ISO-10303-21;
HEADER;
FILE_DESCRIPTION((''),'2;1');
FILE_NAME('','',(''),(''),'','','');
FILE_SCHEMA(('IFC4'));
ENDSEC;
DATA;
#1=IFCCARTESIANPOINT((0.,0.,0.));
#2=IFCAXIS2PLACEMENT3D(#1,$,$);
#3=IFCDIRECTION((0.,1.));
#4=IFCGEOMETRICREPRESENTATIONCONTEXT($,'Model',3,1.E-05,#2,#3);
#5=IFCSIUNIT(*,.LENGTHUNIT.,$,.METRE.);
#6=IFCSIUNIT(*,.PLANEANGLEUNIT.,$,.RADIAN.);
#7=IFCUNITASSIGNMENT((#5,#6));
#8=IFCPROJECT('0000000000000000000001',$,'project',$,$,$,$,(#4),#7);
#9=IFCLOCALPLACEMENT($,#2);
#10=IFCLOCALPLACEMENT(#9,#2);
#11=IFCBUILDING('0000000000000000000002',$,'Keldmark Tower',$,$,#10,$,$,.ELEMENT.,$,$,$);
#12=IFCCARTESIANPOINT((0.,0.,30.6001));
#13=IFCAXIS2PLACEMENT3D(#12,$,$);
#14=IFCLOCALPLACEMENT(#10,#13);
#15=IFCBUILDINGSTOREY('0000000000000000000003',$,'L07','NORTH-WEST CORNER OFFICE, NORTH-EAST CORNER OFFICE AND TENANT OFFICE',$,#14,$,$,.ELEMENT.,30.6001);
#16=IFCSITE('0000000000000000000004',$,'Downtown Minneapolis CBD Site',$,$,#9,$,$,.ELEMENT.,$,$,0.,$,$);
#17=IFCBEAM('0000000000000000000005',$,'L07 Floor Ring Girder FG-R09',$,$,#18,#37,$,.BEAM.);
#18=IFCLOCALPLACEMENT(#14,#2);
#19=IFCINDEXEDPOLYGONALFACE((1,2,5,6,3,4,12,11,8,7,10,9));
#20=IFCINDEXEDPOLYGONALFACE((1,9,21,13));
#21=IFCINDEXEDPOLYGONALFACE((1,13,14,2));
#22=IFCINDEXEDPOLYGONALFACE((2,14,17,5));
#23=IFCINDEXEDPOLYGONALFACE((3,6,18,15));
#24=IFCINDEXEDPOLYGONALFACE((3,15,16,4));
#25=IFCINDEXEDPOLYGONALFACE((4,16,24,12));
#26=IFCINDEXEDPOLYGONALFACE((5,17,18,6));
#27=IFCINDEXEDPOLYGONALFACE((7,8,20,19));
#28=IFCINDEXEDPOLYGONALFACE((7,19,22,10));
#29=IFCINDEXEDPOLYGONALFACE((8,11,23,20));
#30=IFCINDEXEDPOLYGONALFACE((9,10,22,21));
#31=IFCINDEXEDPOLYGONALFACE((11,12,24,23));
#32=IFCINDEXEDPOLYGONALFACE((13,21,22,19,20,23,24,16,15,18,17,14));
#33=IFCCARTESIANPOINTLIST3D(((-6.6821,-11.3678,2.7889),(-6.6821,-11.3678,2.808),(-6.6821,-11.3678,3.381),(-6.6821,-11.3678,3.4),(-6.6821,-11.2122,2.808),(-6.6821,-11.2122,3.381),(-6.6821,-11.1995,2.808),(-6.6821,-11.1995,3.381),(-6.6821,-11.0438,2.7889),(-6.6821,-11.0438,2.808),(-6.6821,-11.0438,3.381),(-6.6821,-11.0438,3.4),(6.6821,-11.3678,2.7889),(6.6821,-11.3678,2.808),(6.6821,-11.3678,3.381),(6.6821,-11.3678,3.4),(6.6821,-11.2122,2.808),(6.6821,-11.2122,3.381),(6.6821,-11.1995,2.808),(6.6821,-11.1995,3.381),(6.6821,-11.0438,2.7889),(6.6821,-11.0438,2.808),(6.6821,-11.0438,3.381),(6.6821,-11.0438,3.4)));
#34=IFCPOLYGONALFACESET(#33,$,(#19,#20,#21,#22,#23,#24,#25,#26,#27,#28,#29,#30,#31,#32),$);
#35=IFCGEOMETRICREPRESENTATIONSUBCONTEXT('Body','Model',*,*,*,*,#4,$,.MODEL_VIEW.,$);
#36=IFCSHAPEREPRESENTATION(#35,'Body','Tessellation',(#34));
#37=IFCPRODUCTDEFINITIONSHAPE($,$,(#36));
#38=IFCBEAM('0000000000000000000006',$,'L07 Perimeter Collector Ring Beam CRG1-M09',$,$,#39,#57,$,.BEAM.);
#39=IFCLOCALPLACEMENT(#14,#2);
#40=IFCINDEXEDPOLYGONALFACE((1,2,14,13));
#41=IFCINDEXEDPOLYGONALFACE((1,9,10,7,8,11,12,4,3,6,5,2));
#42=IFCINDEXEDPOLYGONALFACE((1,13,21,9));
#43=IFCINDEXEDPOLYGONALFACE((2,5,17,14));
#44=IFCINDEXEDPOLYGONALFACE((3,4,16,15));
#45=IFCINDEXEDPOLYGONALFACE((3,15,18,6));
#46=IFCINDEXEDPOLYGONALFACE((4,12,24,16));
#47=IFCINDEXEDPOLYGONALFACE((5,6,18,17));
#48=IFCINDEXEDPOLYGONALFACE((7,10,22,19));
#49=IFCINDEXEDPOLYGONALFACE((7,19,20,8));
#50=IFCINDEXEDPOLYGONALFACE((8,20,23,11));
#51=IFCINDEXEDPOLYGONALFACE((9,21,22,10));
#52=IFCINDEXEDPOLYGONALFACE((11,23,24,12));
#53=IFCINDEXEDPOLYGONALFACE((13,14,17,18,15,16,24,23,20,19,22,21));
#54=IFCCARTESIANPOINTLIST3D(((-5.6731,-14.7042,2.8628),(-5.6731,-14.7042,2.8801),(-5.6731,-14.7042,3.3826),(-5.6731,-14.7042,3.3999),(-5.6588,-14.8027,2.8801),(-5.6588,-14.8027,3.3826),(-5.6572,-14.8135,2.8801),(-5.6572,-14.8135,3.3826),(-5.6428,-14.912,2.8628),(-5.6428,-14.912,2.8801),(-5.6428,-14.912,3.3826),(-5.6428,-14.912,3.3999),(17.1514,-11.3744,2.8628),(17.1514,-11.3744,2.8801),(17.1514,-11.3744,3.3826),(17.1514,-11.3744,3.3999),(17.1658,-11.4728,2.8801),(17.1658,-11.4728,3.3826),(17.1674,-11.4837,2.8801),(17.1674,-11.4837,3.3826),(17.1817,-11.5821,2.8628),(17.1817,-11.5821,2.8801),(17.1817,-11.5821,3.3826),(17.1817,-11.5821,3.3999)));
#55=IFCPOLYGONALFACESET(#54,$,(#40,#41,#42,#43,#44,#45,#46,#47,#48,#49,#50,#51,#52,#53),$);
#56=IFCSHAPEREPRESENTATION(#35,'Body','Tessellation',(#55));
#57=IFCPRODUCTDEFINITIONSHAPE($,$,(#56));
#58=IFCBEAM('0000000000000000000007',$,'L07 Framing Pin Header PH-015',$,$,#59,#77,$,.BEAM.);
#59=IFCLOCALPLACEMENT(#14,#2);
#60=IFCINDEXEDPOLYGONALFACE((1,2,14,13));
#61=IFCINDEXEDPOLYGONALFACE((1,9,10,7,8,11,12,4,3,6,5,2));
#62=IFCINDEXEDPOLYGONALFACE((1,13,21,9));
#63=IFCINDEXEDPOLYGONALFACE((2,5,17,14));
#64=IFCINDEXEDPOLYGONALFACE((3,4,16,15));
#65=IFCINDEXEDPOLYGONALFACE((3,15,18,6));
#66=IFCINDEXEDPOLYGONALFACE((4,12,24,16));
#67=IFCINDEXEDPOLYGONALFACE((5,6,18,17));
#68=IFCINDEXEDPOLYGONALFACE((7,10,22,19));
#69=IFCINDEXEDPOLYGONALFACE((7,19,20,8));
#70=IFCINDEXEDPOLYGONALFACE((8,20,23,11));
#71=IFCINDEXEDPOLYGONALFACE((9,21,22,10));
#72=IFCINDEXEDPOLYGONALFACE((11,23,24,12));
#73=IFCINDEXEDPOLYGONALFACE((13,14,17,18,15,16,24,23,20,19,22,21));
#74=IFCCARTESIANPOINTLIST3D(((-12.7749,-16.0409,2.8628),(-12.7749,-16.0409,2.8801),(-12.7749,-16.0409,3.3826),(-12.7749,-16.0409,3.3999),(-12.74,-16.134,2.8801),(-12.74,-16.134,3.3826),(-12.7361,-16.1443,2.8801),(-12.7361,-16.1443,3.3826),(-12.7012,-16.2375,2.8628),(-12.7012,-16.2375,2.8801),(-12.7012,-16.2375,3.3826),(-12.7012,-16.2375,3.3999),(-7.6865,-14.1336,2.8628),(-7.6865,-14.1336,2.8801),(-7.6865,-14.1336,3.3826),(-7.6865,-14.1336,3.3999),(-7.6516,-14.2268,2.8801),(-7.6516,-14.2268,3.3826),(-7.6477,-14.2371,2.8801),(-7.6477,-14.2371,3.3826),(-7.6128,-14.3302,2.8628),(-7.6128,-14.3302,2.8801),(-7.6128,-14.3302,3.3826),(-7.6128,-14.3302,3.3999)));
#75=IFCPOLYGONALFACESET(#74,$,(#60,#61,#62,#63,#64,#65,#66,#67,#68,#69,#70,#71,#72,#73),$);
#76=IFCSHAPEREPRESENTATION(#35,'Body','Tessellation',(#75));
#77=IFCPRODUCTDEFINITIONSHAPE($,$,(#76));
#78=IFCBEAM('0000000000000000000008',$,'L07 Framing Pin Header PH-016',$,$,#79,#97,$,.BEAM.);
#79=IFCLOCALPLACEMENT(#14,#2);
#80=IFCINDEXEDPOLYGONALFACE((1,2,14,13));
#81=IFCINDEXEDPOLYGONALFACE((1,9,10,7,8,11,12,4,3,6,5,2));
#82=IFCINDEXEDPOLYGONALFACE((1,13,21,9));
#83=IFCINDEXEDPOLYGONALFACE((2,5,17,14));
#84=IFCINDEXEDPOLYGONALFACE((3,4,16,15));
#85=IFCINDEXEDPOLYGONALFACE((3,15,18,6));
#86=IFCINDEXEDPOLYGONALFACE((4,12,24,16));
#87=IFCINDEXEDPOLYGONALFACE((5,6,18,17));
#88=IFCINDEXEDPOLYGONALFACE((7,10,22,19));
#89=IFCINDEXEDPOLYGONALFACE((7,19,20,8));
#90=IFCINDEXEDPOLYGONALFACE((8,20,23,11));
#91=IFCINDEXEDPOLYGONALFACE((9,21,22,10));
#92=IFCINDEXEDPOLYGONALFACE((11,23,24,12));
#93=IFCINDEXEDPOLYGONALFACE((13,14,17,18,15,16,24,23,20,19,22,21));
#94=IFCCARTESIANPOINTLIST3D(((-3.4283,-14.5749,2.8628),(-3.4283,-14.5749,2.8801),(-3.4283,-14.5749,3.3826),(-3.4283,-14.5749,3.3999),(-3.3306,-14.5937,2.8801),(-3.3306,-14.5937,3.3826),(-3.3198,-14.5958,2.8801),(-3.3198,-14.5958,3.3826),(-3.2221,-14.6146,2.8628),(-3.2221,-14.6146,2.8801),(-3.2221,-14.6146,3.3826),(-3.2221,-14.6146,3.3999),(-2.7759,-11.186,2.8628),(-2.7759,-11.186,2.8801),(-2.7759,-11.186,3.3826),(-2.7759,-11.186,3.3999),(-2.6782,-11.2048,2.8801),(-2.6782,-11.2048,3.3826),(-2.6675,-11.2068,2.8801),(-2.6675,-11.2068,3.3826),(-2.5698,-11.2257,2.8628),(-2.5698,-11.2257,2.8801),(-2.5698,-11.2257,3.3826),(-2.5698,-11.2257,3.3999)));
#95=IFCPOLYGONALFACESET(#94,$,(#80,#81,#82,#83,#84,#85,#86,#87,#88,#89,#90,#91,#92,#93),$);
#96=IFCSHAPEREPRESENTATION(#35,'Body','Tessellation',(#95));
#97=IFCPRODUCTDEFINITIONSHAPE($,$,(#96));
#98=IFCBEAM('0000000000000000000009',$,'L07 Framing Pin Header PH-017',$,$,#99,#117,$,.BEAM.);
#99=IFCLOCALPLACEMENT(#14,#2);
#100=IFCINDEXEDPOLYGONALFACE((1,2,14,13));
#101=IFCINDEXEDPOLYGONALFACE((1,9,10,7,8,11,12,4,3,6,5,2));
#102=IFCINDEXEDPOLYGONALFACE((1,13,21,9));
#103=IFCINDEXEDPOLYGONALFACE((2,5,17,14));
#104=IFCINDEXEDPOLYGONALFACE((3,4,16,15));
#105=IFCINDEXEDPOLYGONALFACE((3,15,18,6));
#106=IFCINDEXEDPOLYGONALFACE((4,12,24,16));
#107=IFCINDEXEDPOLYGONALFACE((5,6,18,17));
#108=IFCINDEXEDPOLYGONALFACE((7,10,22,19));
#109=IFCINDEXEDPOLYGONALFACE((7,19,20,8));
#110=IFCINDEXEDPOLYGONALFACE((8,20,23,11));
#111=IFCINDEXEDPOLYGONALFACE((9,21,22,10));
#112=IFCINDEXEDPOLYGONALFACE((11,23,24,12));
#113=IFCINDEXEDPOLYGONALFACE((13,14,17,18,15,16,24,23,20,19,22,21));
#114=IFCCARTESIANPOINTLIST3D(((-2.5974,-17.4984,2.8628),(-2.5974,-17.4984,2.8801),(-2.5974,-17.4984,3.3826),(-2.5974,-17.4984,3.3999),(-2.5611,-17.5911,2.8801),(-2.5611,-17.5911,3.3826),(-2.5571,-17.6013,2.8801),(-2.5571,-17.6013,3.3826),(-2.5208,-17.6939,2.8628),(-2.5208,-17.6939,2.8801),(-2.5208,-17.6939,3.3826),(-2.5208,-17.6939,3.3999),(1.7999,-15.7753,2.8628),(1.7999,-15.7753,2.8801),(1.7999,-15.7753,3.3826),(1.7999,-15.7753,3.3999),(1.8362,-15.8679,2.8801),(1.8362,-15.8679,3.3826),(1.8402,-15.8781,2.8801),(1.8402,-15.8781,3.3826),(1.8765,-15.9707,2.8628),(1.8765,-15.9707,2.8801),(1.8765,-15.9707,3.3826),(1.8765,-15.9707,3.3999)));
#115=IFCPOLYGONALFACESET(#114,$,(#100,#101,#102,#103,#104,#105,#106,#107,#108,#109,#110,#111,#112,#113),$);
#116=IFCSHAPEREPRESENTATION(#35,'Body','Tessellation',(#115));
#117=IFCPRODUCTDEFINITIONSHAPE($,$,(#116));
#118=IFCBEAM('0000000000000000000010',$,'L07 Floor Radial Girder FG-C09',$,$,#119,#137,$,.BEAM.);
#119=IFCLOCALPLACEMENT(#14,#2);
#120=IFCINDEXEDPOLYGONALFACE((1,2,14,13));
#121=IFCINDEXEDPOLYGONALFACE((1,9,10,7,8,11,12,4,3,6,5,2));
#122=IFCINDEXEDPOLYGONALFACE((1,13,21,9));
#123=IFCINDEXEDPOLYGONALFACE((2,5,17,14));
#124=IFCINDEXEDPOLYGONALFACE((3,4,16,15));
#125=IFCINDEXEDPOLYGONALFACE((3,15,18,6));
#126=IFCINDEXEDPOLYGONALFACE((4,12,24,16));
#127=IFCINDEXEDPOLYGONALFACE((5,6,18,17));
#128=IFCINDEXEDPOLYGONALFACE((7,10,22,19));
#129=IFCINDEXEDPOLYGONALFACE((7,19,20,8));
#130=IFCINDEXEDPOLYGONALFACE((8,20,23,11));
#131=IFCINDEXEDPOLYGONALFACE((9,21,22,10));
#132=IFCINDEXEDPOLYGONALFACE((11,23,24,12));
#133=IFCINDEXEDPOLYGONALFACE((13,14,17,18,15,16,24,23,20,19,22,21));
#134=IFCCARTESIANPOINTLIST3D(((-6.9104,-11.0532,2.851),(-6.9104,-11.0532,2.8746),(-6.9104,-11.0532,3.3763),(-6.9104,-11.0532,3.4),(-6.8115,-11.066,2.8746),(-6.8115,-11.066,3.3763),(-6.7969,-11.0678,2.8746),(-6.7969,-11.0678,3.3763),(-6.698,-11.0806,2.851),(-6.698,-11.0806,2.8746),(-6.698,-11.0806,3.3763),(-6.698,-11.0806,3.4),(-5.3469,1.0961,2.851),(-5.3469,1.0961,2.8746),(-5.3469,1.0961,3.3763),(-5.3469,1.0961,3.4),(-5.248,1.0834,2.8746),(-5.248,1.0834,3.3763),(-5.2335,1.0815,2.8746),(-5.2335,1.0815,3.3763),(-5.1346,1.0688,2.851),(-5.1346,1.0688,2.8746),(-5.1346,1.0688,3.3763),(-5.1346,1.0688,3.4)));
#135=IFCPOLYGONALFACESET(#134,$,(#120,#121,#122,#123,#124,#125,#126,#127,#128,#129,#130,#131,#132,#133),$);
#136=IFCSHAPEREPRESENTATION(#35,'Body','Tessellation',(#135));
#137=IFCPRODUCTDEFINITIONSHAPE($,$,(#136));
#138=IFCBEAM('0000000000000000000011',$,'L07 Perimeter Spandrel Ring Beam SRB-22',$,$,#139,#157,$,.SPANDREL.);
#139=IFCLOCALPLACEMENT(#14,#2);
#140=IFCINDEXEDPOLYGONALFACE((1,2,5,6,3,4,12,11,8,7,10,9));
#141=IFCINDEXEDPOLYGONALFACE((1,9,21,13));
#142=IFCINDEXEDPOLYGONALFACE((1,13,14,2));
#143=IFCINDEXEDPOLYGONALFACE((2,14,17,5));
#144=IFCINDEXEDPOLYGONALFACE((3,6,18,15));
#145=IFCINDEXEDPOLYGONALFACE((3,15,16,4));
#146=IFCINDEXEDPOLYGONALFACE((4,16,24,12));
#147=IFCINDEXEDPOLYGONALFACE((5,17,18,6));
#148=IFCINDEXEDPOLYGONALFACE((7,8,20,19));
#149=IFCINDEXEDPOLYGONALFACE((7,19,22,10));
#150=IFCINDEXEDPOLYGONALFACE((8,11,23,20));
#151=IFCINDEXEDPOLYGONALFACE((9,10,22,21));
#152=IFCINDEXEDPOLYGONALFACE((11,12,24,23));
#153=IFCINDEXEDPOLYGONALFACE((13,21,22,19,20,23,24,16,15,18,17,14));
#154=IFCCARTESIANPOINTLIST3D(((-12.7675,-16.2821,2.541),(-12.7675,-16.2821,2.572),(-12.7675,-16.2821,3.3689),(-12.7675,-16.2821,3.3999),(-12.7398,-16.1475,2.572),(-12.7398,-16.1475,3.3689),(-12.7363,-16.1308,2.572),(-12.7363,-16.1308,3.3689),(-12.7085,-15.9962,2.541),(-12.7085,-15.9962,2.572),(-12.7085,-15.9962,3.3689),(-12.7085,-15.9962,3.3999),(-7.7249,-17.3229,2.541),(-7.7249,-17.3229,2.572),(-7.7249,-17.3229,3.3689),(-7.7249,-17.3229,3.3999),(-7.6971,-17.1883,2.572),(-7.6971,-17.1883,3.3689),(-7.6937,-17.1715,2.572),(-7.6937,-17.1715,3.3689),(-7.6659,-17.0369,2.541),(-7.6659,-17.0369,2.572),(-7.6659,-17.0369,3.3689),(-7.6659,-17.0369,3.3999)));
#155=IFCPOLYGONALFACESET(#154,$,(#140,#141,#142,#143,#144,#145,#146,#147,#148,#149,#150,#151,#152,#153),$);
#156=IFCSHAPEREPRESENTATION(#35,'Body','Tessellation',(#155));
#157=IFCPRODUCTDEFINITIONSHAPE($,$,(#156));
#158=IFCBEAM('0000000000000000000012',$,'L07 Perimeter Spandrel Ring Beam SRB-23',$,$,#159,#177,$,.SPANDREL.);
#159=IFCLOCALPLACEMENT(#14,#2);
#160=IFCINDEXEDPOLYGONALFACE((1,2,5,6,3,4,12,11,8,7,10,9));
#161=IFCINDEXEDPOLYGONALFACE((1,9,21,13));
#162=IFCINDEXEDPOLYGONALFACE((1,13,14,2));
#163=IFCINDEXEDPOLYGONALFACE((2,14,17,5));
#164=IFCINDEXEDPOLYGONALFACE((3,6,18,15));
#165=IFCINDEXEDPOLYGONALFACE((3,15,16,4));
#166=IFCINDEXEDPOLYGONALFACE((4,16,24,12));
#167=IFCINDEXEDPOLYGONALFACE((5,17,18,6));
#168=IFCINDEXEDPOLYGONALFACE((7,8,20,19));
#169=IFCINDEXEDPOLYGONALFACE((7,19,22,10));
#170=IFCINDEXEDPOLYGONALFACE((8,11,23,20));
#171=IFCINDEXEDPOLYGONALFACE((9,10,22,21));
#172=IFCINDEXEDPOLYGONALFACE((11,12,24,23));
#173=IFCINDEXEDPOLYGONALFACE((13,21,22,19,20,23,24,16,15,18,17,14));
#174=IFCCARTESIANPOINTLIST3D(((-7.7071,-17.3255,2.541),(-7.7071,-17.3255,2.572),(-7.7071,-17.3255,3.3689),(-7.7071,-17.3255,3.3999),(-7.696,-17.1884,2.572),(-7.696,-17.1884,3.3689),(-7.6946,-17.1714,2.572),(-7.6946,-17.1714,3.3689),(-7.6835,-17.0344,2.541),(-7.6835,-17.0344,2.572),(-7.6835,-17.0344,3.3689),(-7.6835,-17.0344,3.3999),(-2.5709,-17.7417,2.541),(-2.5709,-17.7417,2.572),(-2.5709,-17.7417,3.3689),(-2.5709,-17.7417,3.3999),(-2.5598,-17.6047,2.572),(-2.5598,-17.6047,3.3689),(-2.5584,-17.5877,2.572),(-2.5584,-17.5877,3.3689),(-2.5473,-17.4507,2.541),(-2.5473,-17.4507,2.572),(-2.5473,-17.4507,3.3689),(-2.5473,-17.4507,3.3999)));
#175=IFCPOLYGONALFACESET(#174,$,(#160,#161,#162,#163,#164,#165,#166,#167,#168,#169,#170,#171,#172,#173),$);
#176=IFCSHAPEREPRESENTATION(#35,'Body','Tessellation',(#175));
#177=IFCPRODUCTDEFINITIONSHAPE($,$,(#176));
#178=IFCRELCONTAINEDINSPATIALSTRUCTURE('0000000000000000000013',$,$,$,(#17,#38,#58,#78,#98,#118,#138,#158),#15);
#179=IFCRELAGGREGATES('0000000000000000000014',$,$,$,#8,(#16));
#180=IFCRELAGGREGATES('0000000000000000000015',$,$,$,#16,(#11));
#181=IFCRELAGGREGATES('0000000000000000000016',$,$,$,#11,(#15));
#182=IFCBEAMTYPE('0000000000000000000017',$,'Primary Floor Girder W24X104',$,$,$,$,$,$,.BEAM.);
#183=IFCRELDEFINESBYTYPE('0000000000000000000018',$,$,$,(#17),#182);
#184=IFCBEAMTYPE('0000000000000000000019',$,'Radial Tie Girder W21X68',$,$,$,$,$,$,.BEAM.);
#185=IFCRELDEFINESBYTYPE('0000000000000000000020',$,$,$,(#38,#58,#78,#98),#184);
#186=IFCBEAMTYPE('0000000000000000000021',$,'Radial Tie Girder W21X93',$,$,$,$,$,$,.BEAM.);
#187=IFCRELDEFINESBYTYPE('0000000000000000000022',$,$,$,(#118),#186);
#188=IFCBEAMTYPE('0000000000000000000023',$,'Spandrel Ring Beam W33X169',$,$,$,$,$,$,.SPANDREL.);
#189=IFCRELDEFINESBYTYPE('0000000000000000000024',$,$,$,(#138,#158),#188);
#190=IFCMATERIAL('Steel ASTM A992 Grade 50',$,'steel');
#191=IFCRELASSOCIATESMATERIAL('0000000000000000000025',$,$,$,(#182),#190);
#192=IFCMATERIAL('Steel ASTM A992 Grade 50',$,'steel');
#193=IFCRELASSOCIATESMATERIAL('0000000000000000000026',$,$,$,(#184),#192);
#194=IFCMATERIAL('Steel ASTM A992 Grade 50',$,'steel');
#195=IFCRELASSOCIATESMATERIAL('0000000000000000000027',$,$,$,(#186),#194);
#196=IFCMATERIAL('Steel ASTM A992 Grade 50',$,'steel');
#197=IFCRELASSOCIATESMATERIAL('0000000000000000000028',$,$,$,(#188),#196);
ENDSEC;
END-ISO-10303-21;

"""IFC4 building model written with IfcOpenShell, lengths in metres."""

from ifc_helpers import new_model, si_unit, direction, frame, origin, origin_2d, place, context, subcontext, project, spatial, i_section, extrude, material, material_profile, profile_set, type_object, element, save


model = new_model("IFC4")

# Units and contexts
model_context = context("Model", 3, precision=1e-05, world=origin(), true_north=direction((0.0, 1.0)))
body_context = subcontext(model_context, "Body", "Model", "MODEL_VIEW")
ifc_project = project(units=[si_unit("LENGTHUNIT", "METRE"), si_unit("PLANEANGLEUNIT", "RADIAN")], contexts=[model_context])

# Site, building, storey
site_placement = place(None, origin())
site = spatial("IfcSite", under=ifc_project, at=site_placement, Name="Downtown Minneapolis CBD Site", CompositionType="ELEMENT", RefElevation=0.0)
building_placement = place(site_placement, origin())
building = spatial("IfcBuilding", under=site, at=building_placement, Name="Keldmark Tower", CompositionType="ELEMENT")
storey_placement = place(building_placement, frame((0.0, 0.0, 30.6001)))
storey = spatial("IfcBuildingStorey", under=building, at=storey_placement, Name="L07", Description="NORTH-WEST CORNER OFFICE, NORTH-EAST CORNER OFFICE AND TENANT OFFICE", CompositionType="ELEMENT", Elevation=30.6001)

# Beams
ifc_material_1 = material(Name="Steel ASTM A992 Grade 50", Category="steel")
ifc_material_profile_1 = material_profile(ifc_material_1, i_section(OverallWidth=0.324, OverallDepth=0.6111, WebThickness=0.0127, FlangeThickness=0.019, at=origin_2d()), Name="W24X104")
ifc_profile_set_1 = profile_set([ifc_material_profile_1], Name="Steel ASTM A992 Grade 50")
beam_type_1 = type_object("IfcBeamType", Name="Primary Floor Girder W24X104", PredefinedType="BEAM", material=ifc_profile_set_1)
beam_1_placement = place(storey_placement, frame((-6.6821, -11.2058, 3.0945), z_axis=(1.0, 0.0, 0.0), x_axis=(0.0, 1.0, 0.0)))
element("IfcBeam", 1, at=beam_1_placement, inside=storey, type_object=beam_type_1, Name="L07 Floor Ring Girder FG-R09", PredefinedType="BEAM", context=body_context, shape_type="SweptSolid", body=[
    extrude(i_section(OverallWidth=0.324, OverallDepth=0.6111, WebThickness=0.0127, FlangeThickness=0.019, at=origin_2d()), origin(), (0.0, 0.0, 1.0), 13.3643),
])
ifc_material_2 = material(Name="Steel ASTM A992 Grade 50", Category="steel")
ifc_material_profile_2 = material_profile(ifc_material_2, i_section(OverallWidth=0.21, OverallDepth=0.5371, WebThickness=0.011, FlangeThickness=0.0173, at=origin_2d()), Name="W21X68")
ifc_profile_set_2 = profile_set([ifc_material_profile_2], Name="Steel ASTM A992 Grade 50")
beam_type_2 = type_object("IfcBeamType", Name="Radial Tie Girder W21X68", PredefinedType="BEAM", material=ifc_profile_set_2)
beam_2_placement = place(storey_placement, frame((-5.658, -14.8081, 3.1313), z_axis=(0.989525, 0.144361, 0.0), x_axis=(-0.144361, 0.989525, 0.0)))
element("IfcBeam", 2, at=beam_2_placement, inside=storey, type_object=beam_type_2, Name="L07 Perimeter Collector Ring Beam CRG1-M09", PredefinedType="BEAM", context=body_context, shape_type="SweptSolid", body=[
    extrude(i_section(OverallWidth=0.21, OverallDepth=0.5371, WebThickness=0.011, FlangeThickness=0.0173, at=origin_2d()), origin(), (0.0, 0.0, 1.0), 23.0662),
])
beam_3_placement = place(storey_placement, frame((-12.738, -16.1392, 3.1313), z_axis=(0.936385, 0.350976, 0.0), x_axis=(-0.350976, 0.936385, 0.0)))
element("IfcBeam", 3, at=beam_3_placement, inside=storey, type_object=beam_type_2, Name="L07 Framing Pin Header PH-015", PredefinedType="BEAM", context=body_context, shape_type="SweptSolid", body=[
    extrude(i_section(OverallWidth=0.21, OverallDepth=0.5371, WebThickness=0.011, FlangeThickness=0.0173, at=origin_2d()), origin(), (0.0, 0.0, 1.0), 5.4341),
])
beam_4_placement = place(storey_placement, frame((-2.6729, -11.2058, 3.1313), z_axis=(-0.189023, -0.981973, 0.0), x_axis=(0.981973, -0.189023, 0.0)))
element("IfcBeam", 4, at=beam_4_placement, inside=storey, type_object=beam_type_2, Name="L07 Framing Pin Header PH-016", PredefinedType="BEAM", context=body_context, shape_type="SweptSolid", body=[
    extrude(i_section(OverallWidth=0.21, OverallDepth=0.5371, WebThickness=0.011, FlangeThickness=0.0173, at=origin_2d()), origin(), (0.0, 0.0, 1.0), 3.4512),
])
beam_5_placement = place(storey_placement, frame((-2.5591, -17.5962, 3.1313), z_axis=(0.931063, 0.364857, 0.0), x_axis=(-0.364857, 0.931063, 0.0)))
element("IfcBeam", 5, at=beam_5_placement, inside=storey, type_object=beam_type_2, Name="L07 Framing Pin Header PH-017", PredefinedType="BEAM", context=body_context, shape_type="SweptSolid", body=[
    extrude(i_section(OverallWidth=0.21, OverallDepth=0.5371, WebThickness=0.011, FlangeThickness=0.0173, at=origin_2d()), origin(), (0.0, 0.0, 1.0), 4.7229),
])
ifc_material_3 = material(Name="Steel ASTM A992 Grade 50", Category="steel")
ifc_material_profile_3 = material_profile(ifc_material_3, i_section(OverallWidth=0.2141, OverallDepth=0.5491, WebThickness=0.0146, FlangeThickness=0.0237, at=origin_2d()), Name="W21X93")
ifc_profile_set_3 = profile_set([ifc_material_profile_3], Name="Steel ASTM A992 Grade 50")
beam_type_3 = type_object("IfcBeamType", Name="Radial Tie Girder W21X93", PredefinedType="BEAM", material=ifc_profile_set_3)
beam_6_placement = place(storey_placement, frame((-6.8042, -11.0669, 3.1255), z_axis=(0.127635, 0.991821, 0.0), x_axis=(-0.991821, 0.127635, 0.0)))
element("IfcBeam", 6, at=beam_6_placement, inside=storey, type_object=beam_type_3, Name="L07 Floor Radial Girder FG-C09", PredefinedType="BEAM", context=body_context, shape_type="SweptSolid", body=[
    extrude(i_section(OverallWidth=0.2141, OverallDepth=0.5491, WebThickness=0.0146, FlangeThickness=0.0237, at=origin_2d()), origin(), (0.0, 0.0, 1.0), 12.2495),
])
ifc_material_4 = material(Name="Steel ASTM A992 Grade 50", Category="steel")
ifc_material_profile_4 = material_profile(ifc_material_4, i_section(OverallWidth=0.292, OverallDepth=0.8589, WebThickness=0.0171, FlangeThickness=0.031, at=origin_2d()), Name="W33X169")
ifc_profile_set_4 = profile_set([ifc_material_profile_4], Name="Steel ASTM A992 Grade 50")
beam_type_4 = type_object("IfcBeamType", Name="Spandrel Ring Beam W33X169", PredefinedType="SPANDREL", material=ifc_profile_set_4)
beam_7_placement = place(storey_placement, frame((-12.738, -16.1392, 2.9705), z_axis=(0.979359, -0.202131, 0.0), x_axis=(0.202131, 0.979359, 0.0)))
element("IfcBeam", 7, at=beam_7_placement, inside=storey, type_object=beam_type_4, Name="L07 Perimeter Spandrel Ring Beam SRB-22", PredefinedType="SPANDREL", context=body_context, shape_type="SweptSolid", body=[
    extrude(i_section(OverallWidth=0.292, OverallDepth=0.8589, WebThickness=0.0171, FlangeThickness=0.031, at=origin_2d()), origin(), (0.0, 0.0, 1.0), 5.1489),
])
beam_8_placement = place(storey_placement, frame((-7.6953, -17.1799, 2.9705), z_axis=(0.996732, -0.080779, 0.0), x_axis=(0.080779, 0.996732, 0.0)))
element("IfcBeam", 8, at=beam_8_placement, inside=storey, type_object=beam_type_4, Name="L07 Perimeter Spandrel Ring Beam SRB-23", PredefinedType="SPANDREL", context=body_context, shape_type="SweptSolid", body=[
    extrude(i_section(OverallWidth=0.292, OverallDepth=0.8589, WebThickness=0.0171, FlangeThickness=0.031, at=origin_2d()), origin(), (0.0, 0.0, 1.0), 5.1531),
])

save(model, "model.ifc")
